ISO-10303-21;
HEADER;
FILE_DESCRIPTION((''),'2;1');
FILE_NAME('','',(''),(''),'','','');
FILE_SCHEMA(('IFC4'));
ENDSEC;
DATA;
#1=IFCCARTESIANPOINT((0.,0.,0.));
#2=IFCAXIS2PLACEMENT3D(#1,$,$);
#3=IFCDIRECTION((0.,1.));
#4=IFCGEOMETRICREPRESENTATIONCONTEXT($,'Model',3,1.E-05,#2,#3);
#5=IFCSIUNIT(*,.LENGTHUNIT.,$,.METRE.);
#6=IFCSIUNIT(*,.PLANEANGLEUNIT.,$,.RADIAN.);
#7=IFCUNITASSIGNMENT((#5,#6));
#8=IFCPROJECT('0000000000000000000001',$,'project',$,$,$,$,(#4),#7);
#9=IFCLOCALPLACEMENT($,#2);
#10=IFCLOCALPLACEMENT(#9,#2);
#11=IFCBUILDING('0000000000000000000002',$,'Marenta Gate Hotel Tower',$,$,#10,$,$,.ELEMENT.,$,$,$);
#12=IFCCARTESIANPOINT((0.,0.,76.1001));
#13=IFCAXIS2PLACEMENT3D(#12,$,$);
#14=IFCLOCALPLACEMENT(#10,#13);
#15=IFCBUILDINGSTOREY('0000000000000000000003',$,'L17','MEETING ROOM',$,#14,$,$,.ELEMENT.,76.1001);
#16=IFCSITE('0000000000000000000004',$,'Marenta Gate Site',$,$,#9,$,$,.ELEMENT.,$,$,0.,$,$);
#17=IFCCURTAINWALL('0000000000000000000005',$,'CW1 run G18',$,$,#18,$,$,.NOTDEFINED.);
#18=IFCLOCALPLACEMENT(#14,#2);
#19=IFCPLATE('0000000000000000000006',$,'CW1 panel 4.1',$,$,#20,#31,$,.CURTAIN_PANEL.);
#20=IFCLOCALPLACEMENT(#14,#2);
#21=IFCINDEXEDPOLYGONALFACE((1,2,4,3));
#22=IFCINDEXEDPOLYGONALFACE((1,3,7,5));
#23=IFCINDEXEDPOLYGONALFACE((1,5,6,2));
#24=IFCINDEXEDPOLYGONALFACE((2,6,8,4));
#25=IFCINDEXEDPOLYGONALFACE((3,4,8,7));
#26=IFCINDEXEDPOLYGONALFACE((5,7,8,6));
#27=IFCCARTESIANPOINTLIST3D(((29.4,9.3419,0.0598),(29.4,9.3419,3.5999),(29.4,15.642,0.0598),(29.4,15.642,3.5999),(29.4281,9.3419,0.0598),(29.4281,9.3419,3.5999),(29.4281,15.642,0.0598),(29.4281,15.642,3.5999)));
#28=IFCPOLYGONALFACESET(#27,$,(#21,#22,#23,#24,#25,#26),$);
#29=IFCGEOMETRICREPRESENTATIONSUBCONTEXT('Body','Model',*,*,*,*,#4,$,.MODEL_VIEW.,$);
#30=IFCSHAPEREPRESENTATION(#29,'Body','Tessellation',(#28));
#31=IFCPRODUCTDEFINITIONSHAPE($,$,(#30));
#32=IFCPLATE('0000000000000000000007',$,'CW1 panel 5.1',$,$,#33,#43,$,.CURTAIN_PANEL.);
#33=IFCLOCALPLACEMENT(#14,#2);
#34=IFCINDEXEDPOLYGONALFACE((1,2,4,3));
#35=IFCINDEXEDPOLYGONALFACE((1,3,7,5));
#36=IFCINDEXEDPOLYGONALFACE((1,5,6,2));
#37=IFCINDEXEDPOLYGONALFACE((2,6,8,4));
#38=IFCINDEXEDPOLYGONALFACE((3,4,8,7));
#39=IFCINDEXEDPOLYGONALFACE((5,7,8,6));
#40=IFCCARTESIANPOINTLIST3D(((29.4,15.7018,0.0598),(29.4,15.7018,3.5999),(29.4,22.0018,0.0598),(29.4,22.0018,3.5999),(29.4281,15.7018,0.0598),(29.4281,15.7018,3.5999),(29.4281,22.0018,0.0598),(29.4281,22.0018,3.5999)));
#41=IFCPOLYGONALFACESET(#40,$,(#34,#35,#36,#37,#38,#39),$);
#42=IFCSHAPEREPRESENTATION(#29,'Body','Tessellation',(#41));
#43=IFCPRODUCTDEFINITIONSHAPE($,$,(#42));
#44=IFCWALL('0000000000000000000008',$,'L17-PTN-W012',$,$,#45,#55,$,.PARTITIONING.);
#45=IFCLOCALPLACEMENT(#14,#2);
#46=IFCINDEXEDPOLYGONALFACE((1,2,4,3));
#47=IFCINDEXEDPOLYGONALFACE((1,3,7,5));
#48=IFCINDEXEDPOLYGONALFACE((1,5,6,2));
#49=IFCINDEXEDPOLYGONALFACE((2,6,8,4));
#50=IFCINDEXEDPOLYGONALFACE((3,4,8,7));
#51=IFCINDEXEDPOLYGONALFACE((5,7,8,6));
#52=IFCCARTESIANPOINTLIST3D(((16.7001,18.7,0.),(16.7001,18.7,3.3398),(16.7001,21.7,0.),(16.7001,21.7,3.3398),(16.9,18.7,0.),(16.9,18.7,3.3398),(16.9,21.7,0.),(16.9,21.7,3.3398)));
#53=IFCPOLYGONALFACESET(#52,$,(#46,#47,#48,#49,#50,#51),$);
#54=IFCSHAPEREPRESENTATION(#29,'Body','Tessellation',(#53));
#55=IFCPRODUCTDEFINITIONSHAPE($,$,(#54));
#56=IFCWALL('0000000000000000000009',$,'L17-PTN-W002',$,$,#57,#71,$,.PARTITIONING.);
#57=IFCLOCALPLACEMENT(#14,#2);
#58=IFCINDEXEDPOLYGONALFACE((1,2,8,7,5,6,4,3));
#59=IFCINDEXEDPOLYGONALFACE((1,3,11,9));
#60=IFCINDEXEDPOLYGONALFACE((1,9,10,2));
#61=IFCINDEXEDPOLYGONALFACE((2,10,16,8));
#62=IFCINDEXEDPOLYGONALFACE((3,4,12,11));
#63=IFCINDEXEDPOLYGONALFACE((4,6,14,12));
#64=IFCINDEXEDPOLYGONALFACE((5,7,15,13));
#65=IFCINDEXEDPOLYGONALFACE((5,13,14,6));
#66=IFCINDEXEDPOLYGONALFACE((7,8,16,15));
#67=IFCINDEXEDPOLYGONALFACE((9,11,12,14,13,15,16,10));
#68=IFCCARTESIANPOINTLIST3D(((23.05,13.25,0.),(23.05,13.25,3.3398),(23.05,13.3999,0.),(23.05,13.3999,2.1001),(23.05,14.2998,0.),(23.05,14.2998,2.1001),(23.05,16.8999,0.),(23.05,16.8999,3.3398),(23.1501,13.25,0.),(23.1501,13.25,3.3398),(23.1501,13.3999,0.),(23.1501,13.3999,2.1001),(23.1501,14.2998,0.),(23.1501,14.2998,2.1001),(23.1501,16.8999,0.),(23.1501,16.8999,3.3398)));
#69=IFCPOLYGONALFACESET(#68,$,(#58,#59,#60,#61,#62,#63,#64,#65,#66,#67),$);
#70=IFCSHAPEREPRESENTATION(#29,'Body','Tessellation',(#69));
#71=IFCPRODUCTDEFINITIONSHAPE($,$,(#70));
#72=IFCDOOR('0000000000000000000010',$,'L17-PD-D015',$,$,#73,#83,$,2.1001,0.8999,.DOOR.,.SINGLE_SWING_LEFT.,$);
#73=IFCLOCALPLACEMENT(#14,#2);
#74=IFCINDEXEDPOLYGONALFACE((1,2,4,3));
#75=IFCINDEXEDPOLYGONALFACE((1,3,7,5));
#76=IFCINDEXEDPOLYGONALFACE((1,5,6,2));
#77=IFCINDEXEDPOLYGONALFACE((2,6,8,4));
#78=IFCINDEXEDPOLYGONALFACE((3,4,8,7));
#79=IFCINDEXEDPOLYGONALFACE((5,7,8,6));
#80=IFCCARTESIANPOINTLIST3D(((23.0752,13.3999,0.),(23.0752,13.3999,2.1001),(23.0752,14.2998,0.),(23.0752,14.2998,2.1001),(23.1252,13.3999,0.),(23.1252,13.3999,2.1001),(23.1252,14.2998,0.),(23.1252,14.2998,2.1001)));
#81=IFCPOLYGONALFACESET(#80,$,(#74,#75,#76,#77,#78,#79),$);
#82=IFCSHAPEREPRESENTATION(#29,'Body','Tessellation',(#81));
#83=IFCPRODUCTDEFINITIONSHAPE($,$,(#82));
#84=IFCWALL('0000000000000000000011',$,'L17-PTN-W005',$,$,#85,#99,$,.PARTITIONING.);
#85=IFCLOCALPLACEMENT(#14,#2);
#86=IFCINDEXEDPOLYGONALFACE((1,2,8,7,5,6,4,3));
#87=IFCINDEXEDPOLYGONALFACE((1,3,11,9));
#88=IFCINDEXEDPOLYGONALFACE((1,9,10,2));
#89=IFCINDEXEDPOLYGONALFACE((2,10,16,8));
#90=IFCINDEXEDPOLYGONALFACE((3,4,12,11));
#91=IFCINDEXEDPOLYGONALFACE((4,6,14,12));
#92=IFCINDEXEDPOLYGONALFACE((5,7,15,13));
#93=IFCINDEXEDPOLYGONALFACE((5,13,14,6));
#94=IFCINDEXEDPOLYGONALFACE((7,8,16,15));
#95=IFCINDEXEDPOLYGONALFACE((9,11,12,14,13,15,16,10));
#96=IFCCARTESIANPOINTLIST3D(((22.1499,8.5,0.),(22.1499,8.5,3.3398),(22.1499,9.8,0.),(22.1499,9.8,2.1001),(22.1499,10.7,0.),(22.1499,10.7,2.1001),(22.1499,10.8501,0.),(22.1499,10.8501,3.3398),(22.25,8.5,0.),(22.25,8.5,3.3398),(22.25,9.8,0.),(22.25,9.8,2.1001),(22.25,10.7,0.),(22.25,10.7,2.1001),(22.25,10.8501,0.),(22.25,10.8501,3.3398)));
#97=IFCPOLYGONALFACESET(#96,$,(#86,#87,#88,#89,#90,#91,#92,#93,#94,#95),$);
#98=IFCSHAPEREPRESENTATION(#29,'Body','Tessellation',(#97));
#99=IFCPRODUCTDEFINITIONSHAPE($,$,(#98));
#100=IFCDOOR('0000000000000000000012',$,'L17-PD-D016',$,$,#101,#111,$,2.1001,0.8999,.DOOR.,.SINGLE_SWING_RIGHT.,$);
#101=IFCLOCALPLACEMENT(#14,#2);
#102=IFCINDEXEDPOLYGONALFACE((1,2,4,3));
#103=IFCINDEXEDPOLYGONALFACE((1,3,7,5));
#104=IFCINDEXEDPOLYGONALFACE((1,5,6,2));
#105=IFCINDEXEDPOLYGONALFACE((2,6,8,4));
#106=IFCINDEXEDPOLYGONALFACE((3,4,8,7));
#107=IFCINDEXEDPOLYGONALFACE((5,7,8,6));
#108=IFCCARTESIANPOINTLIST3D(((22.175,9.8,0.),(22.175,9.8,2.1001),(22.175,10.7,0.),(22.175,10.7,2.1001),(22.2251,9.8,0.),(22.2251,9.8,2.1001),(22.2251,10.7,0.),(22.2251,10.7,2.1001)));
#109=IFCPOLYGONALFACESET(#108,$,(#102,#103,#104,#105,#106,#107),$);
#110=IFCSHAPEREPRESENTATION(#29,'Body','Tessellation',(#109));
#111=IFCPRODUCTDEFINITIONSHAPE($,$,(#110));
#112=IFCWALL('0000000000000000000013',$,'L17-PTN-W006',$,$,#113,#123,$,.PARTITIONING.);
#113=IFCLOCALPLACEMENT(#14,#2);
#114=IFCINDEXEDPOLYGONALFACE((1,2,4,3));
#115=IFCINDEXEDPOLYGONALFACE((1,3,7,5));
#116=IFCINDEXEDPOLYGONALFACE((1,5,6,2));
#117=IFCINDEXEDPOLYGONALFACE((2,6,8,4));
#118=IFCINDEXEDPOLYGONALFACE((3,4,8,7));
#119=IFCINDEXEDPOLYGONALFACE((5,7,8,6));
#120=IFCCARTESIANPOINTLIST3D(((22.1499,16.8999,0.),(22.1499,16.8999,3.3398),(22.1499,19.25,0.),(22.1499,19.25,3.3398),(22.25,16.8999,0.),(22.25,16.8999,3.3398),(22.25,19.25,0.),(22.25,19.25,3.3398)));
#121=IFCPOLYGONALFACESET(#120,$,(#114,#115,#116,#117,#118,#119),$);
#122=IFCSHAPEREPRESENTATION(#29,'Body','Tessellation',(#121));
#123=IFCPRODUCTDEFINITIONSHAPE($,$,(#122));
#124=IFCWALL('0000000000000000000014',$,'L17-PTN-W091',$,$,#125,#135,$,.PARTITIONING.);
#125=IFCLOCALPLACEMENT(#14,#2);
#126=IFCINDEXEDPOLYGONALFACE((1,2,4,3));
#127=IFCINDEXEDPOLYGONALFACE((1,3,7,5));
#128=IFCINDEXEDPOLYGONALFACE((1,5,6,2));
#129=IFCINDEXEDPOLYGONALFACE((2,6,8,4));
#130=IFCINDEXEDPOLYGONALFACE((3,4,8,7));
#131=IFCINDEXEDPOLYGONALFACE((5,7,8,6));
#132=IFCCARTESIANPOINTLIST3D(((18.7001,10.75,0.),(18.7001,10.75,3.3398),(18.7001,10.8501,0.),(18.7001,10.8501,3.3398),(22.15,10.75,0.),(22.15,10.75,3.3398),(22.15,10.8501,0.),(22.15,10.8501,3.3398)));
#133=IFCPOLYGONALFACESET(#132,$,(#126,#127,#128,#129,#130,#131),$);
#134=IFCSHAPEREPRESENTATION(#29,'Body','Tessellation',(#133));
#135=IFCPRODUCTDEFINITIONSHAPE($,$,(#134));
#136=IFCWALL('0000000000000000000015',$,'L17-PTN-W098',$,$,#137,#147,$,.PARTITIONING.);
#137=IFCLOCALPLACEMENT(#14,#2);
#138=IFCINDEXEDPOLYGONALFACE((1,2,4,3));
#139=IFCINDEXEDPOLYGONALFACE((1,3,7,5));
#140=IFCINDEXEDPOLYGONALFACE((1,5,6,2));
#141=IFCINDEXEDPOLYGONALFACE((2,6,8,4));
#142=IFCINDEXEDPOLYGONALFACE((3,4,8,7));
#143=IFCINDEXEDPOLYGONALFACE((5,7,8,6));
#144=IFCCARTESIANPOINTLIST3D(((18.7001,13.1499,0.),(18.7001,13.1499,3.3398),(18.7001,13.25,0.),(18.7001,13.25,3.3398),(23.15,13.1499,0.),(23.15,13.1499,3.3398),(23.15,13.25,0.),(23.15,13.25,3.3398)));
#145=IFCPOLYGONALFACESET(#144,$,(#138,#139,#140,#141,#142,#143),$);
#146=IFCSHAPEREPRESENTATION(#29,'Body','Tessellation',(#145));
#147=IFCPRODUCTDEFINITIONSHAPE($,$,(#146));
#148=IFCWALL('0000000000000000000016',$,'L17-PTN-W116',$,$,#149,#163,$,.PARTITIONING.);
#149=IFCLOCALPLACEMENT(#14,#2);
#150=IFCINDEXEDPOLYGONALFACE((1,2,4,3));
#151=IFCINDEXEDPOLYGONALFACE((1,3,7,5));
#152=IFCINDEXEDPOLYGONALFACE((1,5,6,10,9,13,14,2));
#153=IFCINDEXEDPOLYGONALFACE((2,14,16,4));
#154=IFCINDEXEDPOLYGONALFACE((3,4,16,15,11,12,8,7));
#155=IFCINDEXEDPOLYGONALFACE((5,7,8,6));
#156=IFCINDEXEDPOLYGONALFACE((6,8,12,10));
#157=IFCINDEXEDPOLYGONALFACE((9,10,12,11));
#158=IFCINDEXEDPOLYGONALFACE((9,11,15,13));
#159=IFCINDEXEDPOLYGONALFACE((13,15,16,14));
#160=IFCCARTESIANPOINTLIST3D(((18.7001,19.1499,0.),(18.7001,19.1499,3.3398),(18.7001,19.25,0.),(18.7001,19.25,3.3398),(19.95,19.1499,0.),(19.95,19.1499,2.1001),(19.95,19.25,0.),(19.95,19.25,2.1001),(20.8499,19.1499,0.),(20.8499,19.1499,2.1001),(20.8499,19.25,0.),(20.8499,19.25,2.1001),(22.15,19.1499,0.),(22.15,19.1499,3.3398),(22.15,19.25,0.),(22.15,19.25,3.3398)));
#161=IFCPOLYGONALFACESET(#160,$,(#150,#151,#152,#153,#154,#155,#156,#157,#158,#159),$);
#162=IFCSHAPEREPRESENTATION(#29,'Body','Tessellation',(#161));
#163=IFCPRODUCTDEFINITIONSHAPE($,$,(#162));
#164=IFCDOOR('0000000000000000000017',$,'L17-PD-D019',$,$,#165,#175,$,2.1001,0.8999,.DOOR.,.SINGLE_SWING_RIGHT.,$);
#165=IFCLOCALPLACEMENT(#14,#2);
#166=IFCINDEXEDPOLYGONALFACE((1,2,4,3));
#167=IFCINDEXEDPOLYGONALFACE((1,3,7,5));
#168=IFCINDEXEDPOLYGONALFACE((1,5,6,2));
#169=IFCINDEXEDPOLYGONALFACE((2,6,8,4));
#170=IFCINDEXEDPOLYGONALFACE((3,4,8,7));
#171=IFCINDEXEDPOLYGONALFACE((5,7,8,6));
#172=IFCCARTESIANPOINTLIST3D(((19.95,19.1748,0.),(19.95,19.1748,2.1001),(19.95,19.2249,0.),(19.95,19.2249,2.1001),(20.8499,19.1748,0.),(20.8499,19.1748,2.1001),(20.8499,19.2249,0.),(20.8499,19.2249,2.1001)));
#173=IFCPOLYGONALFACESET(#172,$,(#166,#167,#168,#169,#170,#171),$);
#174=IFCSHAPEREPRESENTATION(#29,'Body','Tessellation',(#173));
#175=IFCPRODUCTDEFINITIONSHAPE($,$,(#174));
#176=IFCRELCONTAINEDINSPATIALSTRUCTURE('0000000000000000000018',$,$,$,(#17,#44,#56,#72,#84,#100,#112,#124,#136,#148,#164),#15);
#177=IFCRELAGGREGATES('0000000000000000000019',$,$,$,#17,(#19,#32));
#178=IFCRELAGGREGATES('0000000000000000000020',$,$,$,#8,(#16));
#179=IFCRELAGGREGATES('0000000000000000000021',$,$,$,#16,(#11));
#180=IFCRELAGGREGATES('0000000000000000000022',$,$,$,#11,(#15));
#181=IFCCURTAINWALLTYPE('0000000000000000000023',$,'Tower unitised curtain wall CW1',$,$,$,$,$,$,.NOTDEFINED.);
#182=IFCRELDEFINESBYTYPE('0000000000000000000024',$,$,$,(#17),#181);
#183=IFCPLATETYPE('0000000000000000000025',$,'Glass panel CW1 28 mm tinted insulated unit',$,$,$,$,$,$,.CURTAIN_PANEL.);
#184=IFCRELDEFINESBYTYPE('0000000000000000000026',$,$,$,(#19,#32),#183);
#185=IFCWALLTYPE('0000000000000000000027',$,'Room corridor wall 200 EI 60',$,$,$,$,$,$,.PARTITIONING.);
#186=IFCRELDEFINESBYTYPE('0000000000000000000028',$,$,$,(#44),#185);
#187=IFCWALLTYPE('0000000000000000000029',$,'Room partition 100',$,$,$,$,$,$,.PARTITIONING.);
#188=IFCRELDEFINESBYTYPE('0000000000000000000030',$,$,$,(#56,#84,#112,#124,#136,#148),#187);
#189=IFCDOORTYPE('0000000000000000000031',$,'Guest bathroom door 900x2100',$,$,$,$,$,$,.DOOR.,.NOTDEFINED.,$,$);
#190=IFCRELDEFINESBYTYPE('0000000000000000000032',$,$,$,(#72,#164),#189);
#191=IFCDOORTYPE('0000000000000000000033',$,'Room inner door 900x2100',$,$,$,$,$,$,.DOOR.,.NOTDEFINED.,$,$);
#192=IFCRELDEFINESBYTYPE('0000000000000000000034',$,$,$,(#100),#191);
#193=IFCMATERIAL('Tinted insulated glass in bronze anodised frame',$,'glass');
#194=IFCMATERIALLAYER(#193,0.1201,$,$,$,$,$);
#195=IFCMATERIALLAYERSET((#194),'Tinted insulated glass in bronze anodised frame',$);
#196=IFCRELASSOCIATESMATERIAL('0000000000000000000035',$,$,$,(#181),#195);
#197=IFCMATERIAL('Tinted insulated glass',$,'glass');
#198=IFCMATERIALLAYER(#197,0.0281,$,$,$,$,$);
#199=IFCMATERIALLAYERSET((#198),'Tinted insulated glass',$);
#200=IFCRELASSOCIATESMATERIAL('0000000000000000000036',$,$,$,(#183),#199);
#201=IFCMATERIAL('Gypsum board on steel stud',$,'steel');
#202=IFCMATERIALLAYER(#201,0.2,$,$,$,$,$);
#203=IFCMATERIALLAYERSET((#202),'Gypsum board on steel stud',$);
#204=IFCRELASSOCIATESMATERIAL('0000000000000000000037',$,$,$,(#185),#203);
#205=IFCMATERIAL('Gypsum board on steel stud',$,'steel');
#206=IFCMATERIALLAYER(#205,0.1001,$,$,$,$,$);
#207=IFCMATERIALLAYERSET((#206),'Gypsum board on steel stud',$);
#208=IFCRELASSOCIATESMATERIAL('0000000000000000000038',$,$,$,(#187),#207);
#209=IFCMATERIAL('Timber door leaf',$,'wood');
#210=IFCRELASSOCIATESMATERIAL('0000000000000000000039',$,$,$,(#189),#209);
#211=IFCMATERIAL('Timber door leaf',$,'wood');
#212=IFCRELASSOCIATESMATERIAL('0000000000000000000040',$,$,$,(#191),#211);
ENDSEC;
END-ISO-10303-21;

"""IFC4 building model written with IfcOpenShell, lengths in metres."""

from ifc_helpers import new_model, si_unit, direction, frame, frame_2d, origin, origin_2d, place, context, subcontext, project, spatial, rectangle, extrude, material, layer, layer_set, type_object, element, fill, aggregate, save


model = new_model("IFC4")

# Units and contexts
model_context = context("Model", 3, precision=1e-05, world=origin(), true_north=direction((0.0, 1.0)))
body_context = subcontext(model_context, "Body", "Model", "MODEL_VIEW")
ifc_project = project(units=[si_unit("LENGTHUNIT", "METRE"), si_unit("PLANEANGLEUNIT", "RADIAN")], contexts=[model_context])

# Site, building, storey
site_placement = place(None, origin())
site = spatial("IfcSite", under=ifc_project, at=site_placement, Name="Marenta Gate Site", CompositionType="ELEMENT", RefElevation=0.0)
building_placement = place(site_placement, origin())
building = spatial("IfcBuilding", under=site, at=building_placement, Name="Marenta Gate Hotel Tower", CompositionType="ELEMENT")
storey_placement = place(building_placement, frame((0.0, 0.0, 76.1001)))
storey = spatial("IfcBuildingStorey", under=building, at=storey_placement, Name="L17", Description="MEETING ROOM", CompositionType="ELEMENT", Elevation=76.1001)

# Curtain wall, plates
ifc_material_1 = material(Name="Tinted insulated glass in bronze anodised frame", Category="glass")
ifc_layer_1 = layer(ifc_material_1, 0.1201)
ifc_layer_set_1 = layer_set([ifc_layer_1], Name="Tinted insulated glass in bronze anodised frame")
curtain_wall_type = type_object("IfcCurtainWallType", Name="Tower unitised curtain wall CW1", PredefinedType="NOTDEFINED", material=ifc_layer_set_1)
curtain_wall_placement = place(storey_placement, origin())
curtain_wall = element("IfcCurtainWall", 1, at=curtain_wall_placement, inside=storey, type_object=curtain_wall_type, Name="CW1 run G18", PredefinedType="NOTDEFINED")
ifc_material_2 = material(Name="Tinted insulated glass", Category="glass")
ifc_layer_2 = layer(ifc_material_2, 0.0281)
ifc_layer_set_2 = layer_set([ifc_layer_2], Name="Tinted insulated glass")
plate_type = type_object("IfcPlateType", Name="Glass panel CW1 28 mm tinted insulated unit", PredefinedType="CURTAIN_PANEL", material=ifc_layer_set_2)
plate_1_placement = place(storey_placement, frame((29.4141, 12.4919, 0.0598), z_axis=(0.0, 0.0, 1.0), x_axis=(0.0, 1.0, 0.0)))
plate_1 = element("IfcPlate", 2, at=plate_1_placement, type_object=plate_type, Name="CW1 panel 4.1", PredefinedType="CURTAIN_PANEL", context=body_context, shape_type="SweptSolid", body=[
    extrude(rectangle(XDim=6.3, YDim=0.0281, at=origin_2d()), origin(), (0.0, 0.0, 1.0), 3.54),
])
plate_2_placement = place(storey_placement, frame((29.4141, 18.8518, 0.0598), z_axis=(0.0, 0.0, 1.0), x_axis=(0.0, 1.0, 0.0)))
plate_2 = element("IfcPlate", 3, at=plate_2_placement, type_object=plate_type, Name="CW1 panel 5.1", PredefinedType="CURTAIN_PANEL", context=body_context, shape_type="SweptSolid", body=[
    extrude(rectangle(XDim=6.3, YDim=0.0281, at=origin_2d()), origin(), (0.0, 0.0, 1.0), 3.54),
])
aggregate(curtain_wall, [plate_1, plate_2])

# Wall
ifc_material_3 = material(Name="Gypsum board on steel stud", Category="steel")
ifc_layer_3 = layer(ifc_material_3, 0.2)
ifc_layer_set_3 = layer_set([ifc_layer_3], Name="Gypsum board on steel stud")
wall_type_1 = type_object("IfcWallType", Name="Room corridor wall 200 EI 60", PredefinedType="PARTITIONING", material=ifc_layer_set_3)
wall_1_placement = place(storey_placement, frame((16.8, 18.7, 0.0), z_axis=(0.0, 0.0, 1.0), x_axis=(0.0, 1.0, 0.0)))
element("IfcWall", 4, at=wall_1_placement, inside=storey, type_object=wall_type_1, Name="L17-PTN-W012", PredefinedType="PARTITIONING", context=body_context, shape_type="SweptSolid", body=[
    extrude(rectangle(XDim=3.0, YDim=0.2, at=frame_2d((1.5, 0.0))), origin(), (0.0, 0.0, 1.0), 3.3398),
])

# Walls, openings, doors
ifc_material_4 = material(Name="Gypsum board on steel stud", Category="steel")
ifc_layer_4 = layer(ifc_material_4, 0.1001)
ifc_layer_set_4 = layer_set([ifc_layer_4], Name="Gypsum board on steel stud")
wall_type_2 = type_object("IfcWallType", Name="Room partition 100", PredefinedType="PARTITIONING", material=ifc_layer_set_4)
wall_2_placement = place(storey_placement, frame((23.1001, 13.25, 0.0), z_axis=(0.0, 0.0, 1.0), x_axis=(0.0, 1.0, 0.0)))
wall_2 = element("IfcWall", 5, at=wall_2_placement, inside=storey, type_object=wall_type_2, Name="L17-PTN-W002", PredefinedType="PARTITIONING", context=body_context, shape_type="SweptSolid", body=[
    extrude(rectangle(XDim=3.6499, YDim=0.1001, at=frame_2d((1.825, 0.0))), origin(), (0.0, 0.0, 1.0), 3.3398),
])
opening_1_placement = place(wall_2_placement, frame((0.1499, 0.0, 0.0)))
opening_1 = element("IfcOpeningElement", 6, at=opening_1_placement, cuts=wall_2, PredefinedType="OPENING", context=body_context, shape_type="SweptSolid", body=[
    extrude(rectangle(XDim=0.8999, YDim=2.1001, at=frame_2d((0.45, 1.05))), frame((0.0, 0.05, 0.0), z_axis=(0.0, -1.0, 0.0), x_axis=(1.0, 0.0, 0.0)), (0.0, 0.0, 1.0), 0.1001),
])
ifc_material_5 = material(Name="Timber door leaf", Category="wood")
door_type_1 = type_object("IfcDoorType", Name="Guest bathroom door 900x2100", OperationType="NOTDEFINED", PredefinedType="DOOR", material=ifc_material_5)
door_1_placement = place(opening_1_placement, origin())
door_1 = element("IfcDoor", 7, at=door_1_placement, inside=storey, type_object=door_type_1, Name="L17-PD-D015", OperationType="SINGLE_SWING_LEFT", OverallHeight=2.1001, OverallWidth=0.8999, PredefinedType="DOOR", context=body_context, shape_type="SweptSolid", body=[
    extrude(rectangle(XDim=0.8999, YDim=2.1001, at=frame_2d((0.45, 1.05))), frame((0.0, 0.0249, 0.0), z_axis=(0.0, -1.0, 0.0), x_axis=(1.0, 0.0, 0.0)), (0.0, 0.0, 1.0), 0.05),
])
fill(opening_1, door_1)
wall_3_placement = place(storey_placement, frame((22.2, 8.5, 0.0), z_axis=(0.0, 0.0, 1.0), x_axis=(0.0, 1.0, 0.0)))
wall_3 = element("IfcWall", 8, at=wall_3_placement, inside=storey, type_object=wall_type_2, Name="L17-PTN-W005", PredefinedType="PARTITIONING", context=body_context, shape_type="SweptSolid", body=[
    extrude(rectangle(XDim=2.3501, YDim=0.1001, at=frame_2d((1.175, 0.0))), origin(), (0.0, 0.0, 1.0), 3.3398),
])
opening_2_placement = place(wall_3_placement, frame((1.3, 0.0, 0.0)))
opening_2 = element("IfcOpeningElement", 9, at=opening_2_placement, cuts=wall_3, PredefinedType="OPENING", context=body_context, shape_type="SweptSolid", body=[
    extrude(rectangle(XDim=0.8999, YDim=2.1001, at=frame_2d((0.45, 1.05))), frame((0.0, 0.05, 0.0), z_axis=(0.0, -1.0, 0.0), x_axis=(1.0, 0.0, 0.0)), (0.0, 0.0, 1.0), 0.1001),
])
ifc_material_6 = material(Name="Timber door leaf", Category="wood")
door_type_2 = type_object("IfcDoorType", Name="Room inner door 900x2100", OperationType="NOTDEFINED", PredefinedType="DOOR", material=ifc_material_6)
door_2_placement = place(opening_2_placement, origin())
door_2 = element("IfcDoor", 10, at=door_2_placement, inside=storey, type_object=door_type_2, Name="L17-PD-D016", OperationType="SINGLE_SWING_RIGHT", OverallHeight=2.1001, OverallWidth=0.8999, PredefinedType="DOOR", context=body_context, shape_type="SweptSolid", body=[
    extrude(rectangle(XDim=0.8999, YDim=2.1001, at=frame_2d((0.45, 1.05))), frame((0.0, 0.0249, 0.0), z_axis=(0.0, -1.0, 0.0), x_axis=(1.0, 0.0, 0.0)), (0.0, 0.0, 1.0), 0.05),
])
fill(opening_2, door_2)

# Walls
wall_4_placement = place(storey_placement, frame((22.2, 16.8999, 0.0), z_axis=(0.0, 0.0, 1.0), x_axis=(0.0, 1.0, 0.0)))
element("IfcWall", 11, at=wall_4_placement, inside=storey, type_object=wall_type_2, Name="L17-PTN-W006", PredefinedType="PARTITIONING", context=body_context, shape_type="SweptSolid", body=[
    extrude(rectangle(XDim=2.3501, YDim=0.1001, at=frame_2d((1.175, 0.0))), origin(), (0.0, 0.0, 1.0), 3.3398),
])
wall_5_placement = place(storey_placement, frame((18.7, 10.8, 0.0), z_axis=(0.0, 0.0, 1.0), x_axis=(1.0, 0.0, 0.0)))
element("IfcWall", 12, at=wall_5_placement, inside=storey, type_object=wall_type_2, Name="L17-PTN-W091", PredefinedType="PARTITIONING", context=body_context, shape_type="SweptSolid", body=[
    extrude(rectangle(XDim=3.45, YDim=0.1001, at=frame_2d((1.7251, 0.0))), origin(), (0.0, 0.0, 1.0), 3.3398),
])
wall_6_placement = place(storey_placement, frame((18.7, 13.2, 0.0), z_axis=(0.0, 0.0, 1.0), x_axis=(1.0, 0.0, 0.0)))
element("IfcWall", 13, at=wall_6_placement, inside=storey, type_object=wall_type_2, Name="L17-PTN-W098", PredefinedType="PARTITIONING", context=body_context, shape_type="SweptSolid", body=[
    extrude(rectangle(XDim=4.45, YDim=0.1001, at=frame_2d((2.2251, 0.0))), origin(), (0.0, 0.0, 1.0), 3.3398),
])

# Wall, opening, door
wall_7_placement = place(storey_placement, frame((18.7, 19.2, 0.0), z_axis=(0.0, 0.0, 1.0), x_axis=(1.0, 0.0, 0.0)))
wall_7 = element("IfcWall", 14, at=wall_7_placement, inside=storey, type_object=wall_type_2, Name="L17-PTN-W116", PredefinedType="PARTITIONING", context=body_context, shape_type="SweptSolid", body=[
    extrude(rectangle(XDim=3.45, YDim=0.1001, at=frame_2d((1.7251, 0.0))), origin(), (0.0, 0.0, 1.0), 3.3398),
])
opening_3_placement = place(wall_7_placement, frame((1.25, 0.0, 0.0)))
opening_3 = element("IfcOpeningElement", 15, at=opening_3_placement, cuts=wall_7, PredefinedType="OPENING", context=body_context, shape_type="SweptSolid", body=[
    extrude(rectangle(XDim=0.8999, YDim=2.1001, at=frame_2d((0.45, 1.05))), frame((0.0, 0.05, 0.0), z_axis=(0.0, -1.0, 0.0), x_axis=(1.0, 0.0, 0.0)), (0.0, 0.0, 1.0), 0.1001),
])
door_3_placement = place(opening_3_placement, origin())
door_3 = element("IfcDoor", 16, at=door_3_placement, inside=storey, type_object=door_type_1, Name="L17-PD-D019", OperationType="SINGLE_SWING_RIGHT", OverallHeight=2.1001, OverallWidth=0.8999, PredefinedType="DOOR", context=body_context, shape_type="SweptSolid", body=[
    extrude(rectangle(XDim=0.8999, YDim=2.1001, at=frame_2d((0.45, 1.05))), frame((0.0, 0.0249, 0.0), z_axis=(0.0, -1.0, 0.0), x_axis=(1.0, 0.0, 0.0)), (0.0, 0.0, 1.0), 0.05),
])
fill(opening_3, door_3)

save(model, "model.ifc")
